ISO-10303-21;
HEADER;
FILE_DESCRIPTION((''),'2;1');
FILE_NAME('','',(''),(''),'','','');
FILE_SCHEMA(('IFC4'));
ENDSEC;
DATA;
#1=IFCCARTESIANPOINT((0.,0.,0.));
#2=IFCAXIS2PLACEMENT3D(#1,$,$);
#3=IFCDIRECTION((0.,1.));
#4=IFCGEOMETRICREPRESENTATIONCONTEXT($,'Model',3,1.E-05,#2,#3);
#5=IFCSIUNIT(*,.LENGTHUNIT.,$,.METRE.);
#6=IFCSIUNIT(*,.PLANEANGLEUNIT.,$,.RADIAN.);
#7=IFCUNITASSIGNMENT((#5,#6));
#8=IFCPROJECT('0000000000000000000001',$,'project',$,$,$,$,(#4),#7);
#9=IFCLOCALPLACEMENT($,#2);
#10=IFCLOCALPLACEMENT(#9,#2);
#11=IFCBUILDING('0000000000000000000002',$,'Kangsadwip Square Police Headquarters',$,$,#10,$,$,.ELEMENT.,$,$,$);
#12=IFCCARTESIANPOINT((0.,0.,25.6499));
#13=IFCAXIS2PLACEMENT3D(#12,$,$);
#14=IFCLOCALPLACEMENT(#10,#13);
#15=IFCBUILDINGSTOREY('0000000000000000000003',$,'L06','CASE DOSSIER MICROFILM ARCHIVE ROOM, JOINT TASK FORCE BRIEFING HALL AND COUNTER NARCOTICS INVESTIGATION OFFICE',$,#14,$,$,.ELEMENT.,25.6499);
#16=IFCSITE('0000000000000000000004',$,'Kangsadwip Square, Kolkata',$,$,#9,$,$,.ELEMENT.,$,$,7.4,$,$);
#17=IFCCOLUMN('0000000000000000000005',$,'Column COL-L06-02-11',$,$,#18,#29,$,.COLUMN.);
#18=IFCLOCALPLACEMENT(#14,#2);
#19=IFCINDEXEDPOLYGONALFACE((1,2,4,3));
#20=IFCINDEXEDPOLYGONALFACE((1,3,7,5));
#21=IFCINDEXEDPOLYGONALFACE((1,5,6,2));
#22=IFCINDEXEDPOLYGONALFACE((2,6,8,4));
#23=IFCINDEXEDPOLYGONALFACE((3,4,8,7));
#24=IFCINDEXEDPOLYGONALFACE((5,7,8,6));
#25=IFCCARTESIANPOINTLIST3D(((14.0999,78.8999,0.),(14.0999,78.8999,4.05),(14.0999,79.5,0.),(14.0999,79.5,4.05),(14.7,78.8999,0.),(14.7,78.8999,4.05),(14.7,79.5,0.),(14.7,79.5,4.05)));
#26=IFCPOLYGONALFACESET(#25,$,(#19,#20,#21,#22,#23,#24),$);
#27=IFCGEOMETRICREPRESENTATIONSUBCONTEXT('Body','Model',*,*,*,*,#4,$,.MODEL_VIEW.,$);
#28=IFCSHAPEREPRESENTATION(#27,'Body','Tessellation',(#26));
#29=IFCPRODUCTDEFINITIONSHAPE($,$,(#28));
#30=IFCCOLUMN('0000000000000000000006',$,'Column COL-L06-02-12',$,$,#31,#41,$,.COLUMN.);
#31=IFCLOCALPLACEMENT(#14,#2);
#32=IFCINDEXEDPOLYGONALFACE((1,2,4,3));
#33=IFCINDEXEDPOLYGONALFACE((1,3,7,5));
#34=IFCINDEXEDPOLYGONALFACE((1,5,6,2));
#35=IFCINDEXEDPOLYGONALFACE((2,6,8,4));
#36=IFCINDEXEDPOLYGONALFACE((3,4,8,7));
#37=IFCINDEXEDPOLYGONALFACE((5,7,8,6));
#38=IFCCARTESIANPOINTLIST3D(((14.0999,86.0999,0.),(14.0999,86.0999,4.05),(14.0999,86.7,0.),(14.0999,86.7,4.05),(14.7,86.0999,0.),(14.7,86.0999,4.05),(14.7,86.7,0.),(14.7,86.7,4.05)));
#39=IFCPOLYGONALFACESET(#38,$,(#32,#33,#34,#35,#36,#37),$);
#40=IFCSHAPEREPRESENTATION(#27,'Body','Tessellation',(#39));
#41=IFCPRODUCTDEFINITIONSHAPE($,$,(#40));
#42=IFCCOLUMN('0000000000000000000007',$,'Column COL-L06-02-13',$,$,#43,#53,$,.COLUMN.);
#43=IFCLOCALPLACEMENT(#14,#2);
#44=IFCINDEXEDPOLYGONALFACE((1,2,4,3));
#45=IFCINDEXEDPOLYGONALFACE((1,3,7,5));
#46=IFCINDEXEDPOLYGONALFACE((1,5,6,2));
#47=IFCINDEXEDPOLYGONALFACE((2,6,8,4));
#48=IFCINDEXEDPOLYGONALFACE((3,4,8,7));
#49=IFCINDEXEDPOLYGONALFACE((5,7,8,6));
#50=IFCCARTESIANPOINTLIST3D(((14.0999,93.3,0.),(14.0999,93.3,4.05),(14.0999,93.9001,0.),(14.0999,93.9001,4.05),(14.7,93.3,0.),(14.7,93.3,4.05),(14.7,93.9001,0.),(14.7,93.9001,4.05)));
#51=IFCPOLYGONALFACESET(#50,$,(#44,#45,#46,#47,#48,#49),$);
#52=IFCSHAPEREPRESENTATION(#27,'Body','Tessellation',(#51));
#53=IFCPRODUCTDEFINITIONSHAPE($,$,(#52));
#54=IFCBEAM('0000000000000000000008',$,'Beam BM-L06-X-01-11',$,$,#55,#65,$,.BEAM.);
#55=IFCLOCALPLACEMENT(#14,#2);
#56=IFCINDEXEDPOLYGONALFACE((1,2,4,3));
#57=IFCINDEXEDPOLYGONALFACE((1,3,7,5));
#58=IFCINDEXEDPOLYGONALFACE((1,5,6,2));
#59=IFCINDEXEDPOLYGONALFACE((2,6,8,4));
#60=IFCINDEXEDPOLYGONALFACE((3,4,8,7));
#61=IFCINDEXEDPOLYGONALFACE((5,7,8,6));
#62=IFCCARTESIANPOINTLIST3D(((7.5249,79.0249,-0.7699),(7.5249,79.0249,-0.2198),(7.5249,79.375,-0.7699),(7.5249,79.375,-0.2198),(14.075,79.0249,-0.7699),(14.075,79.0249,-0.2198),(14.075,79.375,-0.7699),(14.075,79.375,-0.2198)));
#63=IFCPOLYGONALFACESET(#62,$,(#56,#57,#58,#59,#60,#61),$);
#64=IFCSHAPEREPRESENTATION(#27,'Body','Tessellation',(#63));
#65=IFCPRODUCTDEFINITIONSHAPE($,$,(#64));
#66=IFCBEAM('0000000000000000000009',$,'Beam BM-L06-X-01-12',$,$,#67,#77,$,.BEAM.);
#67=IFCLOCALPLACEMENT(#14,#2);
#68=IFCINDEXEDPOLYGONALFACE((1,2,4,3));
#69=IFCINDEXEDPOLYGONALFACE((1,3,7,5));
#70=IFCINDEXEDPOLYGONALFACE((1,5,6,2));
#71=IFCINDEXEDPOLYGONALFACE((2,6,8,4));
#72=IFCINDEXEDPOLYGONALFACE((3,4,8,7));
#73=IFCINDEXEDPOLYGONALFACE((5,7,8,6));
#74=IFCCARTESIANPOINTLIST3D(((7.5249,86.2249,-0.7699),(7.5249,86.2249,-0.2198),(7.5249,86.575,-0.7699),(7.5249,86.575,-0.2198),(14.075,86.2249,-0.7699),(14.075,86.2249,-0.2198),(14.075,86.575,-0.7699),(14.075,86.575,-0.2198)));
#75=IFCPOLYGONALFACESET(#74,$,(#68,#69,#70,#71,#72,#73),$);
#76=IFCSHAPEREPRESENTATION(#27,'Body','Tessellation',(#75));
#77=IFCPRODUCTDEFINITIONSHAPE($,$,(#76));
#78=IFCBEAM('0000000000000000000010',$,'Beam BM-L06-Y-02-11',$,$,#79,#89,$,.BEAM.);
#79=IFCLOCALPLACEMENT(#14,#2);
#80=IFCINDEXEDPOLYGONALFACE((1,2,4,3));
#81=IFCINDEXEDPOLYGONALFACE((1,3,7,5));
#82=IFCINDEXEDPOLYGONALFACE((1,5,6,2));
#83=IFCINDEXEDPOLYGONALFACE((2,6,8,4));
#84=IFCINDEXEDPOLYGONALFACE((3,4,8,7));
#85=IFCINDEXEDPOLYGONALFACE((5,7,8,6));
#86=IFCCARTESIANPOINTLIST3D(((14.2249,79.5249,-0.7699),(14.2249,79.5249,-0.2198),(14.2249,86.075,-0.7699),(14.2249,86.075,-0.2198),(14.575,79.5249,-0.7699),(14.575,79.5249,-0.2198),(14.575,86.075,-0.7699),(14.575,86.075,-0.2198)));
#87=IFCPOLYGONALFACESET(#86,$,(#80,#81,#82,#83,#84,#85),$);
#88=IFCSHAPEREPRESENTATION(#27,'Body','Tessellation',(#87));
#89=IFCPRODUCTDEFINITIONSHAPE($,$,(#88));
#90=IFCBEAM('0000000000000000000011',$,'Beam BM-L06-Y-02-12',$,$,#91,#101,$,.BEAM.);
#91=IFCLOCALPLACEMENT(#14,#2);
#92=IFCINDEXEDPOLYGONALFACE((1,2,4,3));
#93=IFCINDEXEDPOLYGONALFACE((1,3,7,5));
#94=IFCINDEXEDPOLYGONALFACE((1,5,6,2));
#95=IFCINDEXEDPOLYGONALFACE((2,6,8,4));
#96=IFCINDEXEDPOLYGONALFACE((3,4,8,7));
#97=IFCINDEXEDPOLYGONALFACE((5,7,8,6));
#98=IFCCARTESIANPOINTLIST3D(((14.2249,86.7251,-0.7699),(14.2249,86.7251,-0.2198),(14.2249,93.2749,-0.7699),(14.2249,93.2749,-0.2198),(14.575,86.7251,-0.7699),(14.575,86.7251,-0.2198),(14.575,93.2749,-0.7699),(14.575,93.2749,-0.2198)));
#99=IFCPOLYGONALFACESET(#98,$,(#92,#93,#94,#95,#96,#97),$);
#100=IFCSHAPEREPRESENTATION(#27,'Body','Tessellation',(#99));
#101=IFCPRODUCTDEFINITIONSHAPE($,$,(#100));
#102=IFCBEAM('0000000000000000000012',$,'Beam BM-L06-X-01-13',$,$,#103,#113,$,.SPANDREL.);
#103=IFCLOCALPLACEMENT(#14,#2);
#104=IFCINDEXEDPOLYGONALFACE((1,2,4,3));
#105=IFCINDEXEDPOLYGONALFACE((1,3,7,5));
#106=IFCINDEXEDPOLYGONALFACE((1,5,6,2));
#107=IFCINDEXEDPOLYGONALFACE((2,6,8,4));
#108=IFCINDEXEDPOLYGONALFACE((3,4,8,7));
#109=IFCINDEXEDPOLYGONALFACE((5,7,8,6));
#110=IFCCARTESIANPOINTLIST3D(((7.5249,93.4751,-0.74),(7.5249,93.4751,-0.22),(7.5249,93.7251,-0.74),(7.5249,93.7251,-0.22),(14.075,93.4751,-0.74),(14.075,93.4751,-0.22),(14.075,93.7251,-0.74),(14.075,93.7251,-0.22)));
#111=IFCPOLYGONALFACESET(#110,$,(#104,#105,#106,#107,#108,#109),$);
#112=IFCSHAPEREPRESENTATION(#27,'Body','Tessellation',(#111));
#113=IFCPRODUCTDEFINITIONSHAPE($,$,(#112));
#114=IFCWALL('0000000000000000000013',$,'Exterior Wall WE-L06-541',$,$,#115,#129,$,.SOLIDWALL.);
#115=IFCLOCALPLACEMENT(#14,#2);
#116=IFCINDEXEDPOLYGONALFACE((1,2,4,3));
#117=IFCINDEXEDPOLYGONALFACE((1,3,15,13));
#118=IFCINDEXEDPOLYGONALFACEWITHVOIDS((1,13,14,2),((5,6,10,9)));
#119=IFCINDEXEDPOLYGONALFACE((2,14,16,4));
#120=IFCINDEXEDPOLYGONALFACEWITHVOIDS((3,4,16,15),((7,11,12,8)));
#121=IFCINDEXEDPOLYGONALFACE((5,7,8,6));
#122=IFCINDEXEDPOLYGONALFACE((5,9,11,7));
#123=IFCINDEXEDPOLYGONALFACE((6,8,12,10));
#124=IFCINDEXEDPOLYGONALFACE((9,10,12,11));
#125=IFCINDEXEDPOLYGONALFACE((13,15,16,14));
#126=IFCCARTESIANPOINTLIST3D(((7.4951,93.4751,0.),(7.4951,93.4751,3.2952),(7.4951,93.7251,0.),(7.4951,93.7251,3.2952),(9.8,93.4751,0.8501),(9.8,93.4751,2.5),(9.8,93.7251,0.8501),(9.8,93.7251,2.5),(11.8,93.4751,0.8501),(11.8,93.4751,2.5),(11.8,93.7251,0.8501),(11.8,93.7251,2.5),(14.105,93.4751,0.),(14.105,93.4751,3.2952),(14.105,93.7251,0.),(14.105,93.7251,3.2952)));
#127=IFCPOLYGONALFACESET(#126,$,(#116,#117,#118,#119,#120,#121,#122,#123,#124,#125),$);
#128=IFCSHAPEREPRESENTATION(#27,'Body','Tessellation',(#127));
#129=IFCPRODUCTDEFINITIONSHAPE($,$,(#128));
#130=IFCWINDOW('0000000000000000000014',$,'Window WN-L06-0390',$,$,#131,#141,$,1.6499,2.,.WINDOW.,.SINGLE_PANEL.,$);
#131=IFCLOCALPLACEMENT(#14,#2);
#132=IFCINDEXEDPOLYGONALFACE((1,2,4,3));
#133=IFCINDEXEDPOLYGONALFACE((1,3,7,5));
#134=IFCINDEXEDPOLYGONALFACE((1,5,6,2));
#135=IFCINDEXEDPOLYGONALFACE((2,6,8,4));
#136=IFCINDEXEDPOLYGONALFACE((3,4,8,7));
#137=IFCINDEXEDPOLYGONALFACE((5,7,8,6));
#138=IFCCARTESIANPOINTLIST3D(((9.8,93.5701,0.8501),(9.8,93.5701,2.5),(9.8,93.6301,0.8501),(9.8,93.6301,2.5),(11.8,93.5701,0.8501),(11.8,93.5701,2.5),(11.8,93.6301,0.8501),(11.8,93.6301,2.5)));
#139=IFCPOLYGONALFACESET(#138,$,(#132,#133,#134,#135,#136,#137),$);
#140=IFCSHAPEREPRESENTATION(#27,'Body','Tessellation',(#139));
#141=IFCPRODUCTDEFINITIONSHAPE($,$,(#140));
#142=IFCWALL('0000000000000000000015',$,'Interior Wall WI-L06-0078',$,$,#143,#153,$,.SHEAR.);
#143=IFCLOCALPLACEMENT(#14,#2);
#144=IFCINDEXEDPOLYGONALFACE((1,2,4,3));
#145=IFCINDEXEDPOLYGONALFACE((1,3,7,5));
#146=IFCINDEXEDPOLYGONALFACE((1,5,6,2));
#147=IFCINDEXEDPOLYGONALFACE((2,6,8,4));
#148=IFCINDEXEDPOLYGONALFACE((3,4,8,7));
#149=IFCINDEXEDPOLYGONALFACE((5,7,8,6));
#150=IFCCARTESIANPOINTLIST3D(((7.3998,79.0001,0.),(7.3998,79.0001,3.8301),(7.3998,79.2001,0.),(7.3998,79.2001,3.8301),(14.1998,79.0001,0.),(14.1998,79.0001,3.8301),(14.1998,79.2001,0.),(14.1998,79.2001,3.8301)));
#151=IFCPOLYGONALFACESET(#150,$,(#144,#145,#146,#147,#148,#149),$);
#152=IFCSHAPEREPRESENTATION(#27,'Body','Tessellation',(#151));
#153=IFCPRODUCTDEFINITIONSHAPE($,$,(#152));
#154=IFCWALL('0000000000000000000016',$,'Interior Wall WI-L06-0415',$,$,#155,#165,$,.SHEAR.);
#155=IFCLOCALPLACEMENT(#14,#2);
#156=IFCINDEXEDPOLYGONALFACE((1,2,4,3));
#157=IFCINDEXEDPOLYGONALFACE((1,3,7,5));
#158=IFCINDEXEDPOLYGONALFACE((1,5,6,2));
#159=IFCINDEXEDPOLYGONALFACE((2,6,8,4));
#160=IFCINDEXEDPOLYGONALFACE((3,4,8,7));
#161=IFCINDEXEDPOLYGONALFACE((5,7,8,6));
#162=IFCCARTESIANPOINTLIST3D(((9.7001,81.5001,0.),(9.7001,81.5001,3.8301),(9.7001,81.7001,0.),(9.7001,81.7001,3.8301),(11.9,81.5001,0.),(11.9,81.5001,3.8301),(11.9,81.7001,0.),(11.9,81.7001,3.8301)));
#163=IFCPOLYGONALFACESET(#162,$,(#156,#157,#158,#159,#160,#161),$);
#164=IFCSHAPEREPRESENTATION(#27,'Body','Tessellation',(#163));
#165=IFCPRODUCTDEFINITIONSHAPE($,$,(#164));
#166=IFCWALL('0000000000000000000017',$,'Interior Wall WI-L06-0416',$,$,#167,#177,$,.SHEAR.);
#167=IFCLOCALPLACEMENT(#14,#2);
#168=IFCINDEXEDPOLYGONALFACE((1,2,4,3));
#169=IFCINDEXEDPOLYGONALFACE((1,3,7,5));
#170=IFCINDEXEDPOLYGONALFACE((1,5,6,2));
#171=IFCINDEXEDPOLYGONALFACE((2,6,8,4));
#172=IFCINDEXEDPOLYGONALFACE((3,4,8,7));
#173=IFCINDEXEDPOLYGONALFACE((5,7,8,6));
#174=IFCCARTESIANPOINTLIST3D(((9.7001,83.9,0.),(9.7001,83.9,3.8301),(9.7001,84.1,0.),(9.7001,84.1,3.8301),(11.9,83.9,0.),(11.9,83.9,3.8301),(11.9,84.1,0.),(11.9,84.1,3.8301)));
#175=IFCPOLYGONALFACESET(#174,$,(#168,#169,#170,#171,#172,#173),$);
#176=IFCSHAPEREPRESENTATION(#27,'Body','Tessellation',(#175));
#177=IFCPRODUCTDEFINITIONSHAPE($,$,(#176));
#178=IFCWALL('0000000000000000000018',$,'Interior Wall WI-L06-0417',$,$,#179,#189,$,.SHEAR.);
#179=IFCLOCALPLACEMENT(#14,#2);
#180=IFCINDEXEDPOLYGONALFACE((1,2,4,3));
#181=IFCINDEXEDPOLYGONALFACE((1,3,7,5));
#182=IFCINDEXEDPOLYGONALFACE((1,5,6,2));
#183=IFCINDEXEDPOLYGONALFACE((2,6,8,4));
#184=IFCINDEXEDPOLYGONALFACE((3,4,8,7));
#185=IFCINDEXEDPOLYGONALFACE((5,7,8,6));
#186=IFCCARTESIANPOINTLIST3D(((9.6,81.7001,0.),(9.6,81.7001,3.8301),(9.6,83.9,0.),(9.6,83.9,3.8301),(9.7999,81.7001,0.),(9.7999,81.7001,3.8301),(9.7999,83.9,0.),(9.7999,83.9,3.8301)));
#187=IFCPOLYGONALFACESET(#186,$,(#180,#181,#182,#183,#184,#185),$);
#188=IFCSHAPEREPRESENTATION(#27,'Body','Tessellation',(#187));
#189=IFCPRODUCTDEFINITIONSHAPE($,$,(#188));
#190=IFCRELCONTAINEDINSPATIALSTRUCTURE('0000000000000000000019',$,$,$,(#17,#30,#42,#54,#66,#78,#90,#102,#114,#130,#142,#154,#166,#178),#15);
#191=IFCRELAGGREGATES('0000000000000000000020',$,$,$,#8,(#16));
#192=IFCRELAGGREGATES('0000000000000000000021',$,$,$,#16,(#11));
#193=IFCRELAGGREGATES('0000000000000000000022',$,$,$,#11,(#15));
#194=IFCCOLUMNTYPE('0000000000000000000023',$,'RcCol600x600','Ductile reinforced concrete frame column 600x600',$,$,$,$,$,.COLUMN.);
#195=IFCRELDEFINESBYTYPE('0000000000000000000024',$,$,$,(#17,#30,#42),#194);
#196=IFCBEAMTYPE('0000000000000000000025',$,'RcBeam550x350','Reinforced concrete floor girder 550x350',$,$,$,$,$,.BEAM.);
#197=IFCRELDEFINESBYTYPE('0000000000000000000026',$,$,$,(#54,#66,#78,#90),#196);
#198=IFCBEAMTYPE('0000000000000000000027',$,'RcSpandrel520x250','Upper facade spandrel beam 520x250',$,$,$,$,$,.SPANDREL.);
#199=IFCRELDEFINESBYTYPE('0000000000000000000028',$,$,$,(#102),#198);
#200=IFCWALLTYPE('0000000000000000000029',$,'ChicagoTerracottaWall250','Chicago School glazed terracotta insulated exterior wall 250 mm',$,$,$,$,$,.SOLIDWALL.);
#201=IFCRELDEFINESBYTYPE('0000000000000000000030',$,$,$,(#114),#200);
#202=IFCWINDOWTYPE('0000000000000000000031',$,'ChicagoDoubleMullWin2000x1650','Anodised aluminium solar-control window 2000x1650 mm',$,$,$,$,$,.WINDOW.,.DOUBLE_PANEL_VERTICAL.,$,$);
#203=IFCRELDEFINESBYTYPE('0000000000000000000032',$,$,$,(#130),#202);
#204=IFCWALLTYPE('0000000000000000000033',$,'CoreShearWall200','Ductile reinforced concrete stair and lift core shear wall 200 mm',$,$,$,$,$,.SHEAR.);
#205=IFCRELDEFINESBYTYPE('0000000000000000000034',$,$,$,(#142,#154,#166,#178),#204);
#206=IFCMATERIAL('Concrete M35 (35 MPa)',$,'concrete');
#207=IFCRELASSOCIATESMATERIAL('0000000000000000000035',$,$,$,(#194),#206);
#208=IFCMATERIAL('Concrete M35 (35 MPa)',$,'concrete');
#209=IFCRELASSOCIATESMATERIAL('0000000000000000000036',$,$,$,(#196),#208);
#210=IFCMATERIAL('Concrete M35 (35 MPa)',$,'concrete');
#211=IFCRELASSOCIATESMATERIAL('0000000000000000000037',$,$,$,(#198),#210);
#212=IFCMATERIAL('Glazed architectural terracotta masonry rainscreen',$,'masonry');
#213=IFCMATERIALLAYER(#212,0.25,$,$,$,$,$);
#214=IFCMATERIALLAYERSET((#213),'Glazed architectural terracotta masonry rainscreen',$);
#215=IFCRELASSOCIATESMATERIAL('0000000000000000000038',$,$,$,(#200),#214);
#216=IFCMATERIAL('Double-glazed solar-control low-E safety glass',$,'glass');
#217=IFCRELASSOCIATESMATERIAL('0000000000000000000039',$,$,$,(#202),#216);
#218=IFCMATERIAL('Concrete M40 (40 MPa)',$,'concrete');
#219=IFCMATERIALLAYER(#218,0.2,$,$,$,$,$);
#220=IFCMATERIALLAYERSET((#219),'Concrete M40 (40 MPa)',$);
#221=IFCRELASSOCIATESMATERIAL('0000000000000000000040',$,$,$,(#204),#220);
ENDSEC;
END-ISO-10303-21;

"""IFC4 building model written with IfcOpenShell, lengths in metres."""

from ifc_helpers import new_model, si_unit, direction, frame, frame_2d, origin, origin_2d, place, context, subcontext, project, spatial, rectangle, extrude, material, layer, layer_set, material_profile, profile_set, type_object, element, fill, save


model = new_model("IFC4")

# Units and contexts
model_context = context("Model", 3, precision=1e-05, world=origin(), true_north=direction((0.0, 1.0)))
body_context = subcontext(model_context, "Body", "Model", "MODEL_VIEW")
ifc_project = project(units=[si_unit("LENGTHUNIT", "METRE"), si_unit("PLANEANGLEUNIT", "RADIAN")], contexts=[model_context])

# Site, building, storey
site_placement = place(None, origin())
site = spatial("IfcSite", under=ifc_project, at=site_placement, Name="Kangsadwip Square, Kolkata", CompositionType="ELEMENT", RefElevation=7.4)
building_placement = place(site_placement, origin())
building = spatial("IfcBuilding", under=site, at=building_placement, Name="Kangsadwip Square Police Headquarters", CompositionType="ELEMENT")
storey_placement = place(building_placement, frame((0.0, 0.0, 25.6499)))
storey = spatial("IfcBuildingStorey", under=building, at=storey_placement, Name="L06", Description="CASE DOSSIER MICROFILM ARCHIVE ROOM, JOINT TASK FORCE BRIEFING HALL AND COUNTER NARCOTICS INVESTIGATION OFFICE", CompositionType="ELEMENT", Elevation=25.6499)

# Columns
ifc_material_1 = material(Name="Concrete M35 (35 MPa)", Category="concrete")
ifc_material_profile_1 = material_profile(ifc_material_1, rectangle(XDim=0.6001, YDim=0.6001, at=origin_2d()), Name="RC COL 600X600")
ifc_profile_set_1 = profile_set([ifc_material_profile_1], Name="Concrete M35 (35 MPa)")
column_type = type_object("IfcColumnType", Name="RcCol600x600", Description="Ductile reinforced concrete frame column 600x600", PredefinedType="COLUMN", material=ifc_profile_set_1)
for number, where, z_axis, x_axis, name in (
    (1, (14.3999, 79.2, 0.0), (0.0, 0.0, 1.0), (1.0, 0.0, 0.0), "Column COL-L06-02-11"),
    (2, (14.3999, 86.3999, 0.0), (0.0, 0.0, 1.0), (1.0, 0.0, 0.0), "Column COL-L06-02-12"),
    (3, (14.3999, 93.6001, 0.0), (0.0, 0.0, 1.0), (1.0, 0.0, 0.0), "Column COL-L06-02-13"),
):
    element("IfcColumn", number, at=place(storey_placement, frame(where, z_axis=z_axis, x_axis=x_axis)), inside=storey, type_object=column_type, Name=name, PredefinedType="COLUMN", context=body_context, shape_type="SweptSolid", body=[
        extrude(rectangle(XDim=0.6001, YDim=0.6001, at=origin_2d()), origin(), (0.0, 0.0, 1.0), 4.05),
    ])

# Beams
ifc_material_2 = material(Name="Concrete M35 (35 MPa)", Category="concrete")
ifc_material_profile_2 = material_profile(ifc_material_2, rectangle(XDim=0.3501, YDim=0.55, at=origin_2d()), Name="RC BM 550X350")
ifc_profile_set_2 = profile_set([ifc_material_profile_2], Name="Concrete M35 (35 MPa)")
beam_type_1 = type_object("IfcBeamType", Name="RcBeam550x350", Description="Reinforced concrete floor girder 550x350", PredefinedType="BEAM", material=ifc_profile_set_2)
for number, where, z_axis, x_axis, name in (
    (4, (7.5249, 79.2, -0.4949), (1.0, 0.0, 0.0), (0.0, 1.0, 0.0), "Beam BM-L06-X-01-11"),
    (5, (7.5249, 86.3999, -0.4949), (1.0, 0.0, 0.0), (0.0, 1.0, 0.0), "Beam BM-L06-X-01-12"),
    (6, (14.3999, 79.5249, -0.4949), (0.0, 1.0, 0.0), (-1.0, 0.0, 0.0), "Beam BM-L06-Y-02-11"),
):
    element("IfcBeam", number, at=place(storey_placement, frame(where, z_axis=z_axis, x_axis=x_axis)), inside=storey, type_object=beam_type_1, Name=name, PredefinedType="BEAM", context=body_context, shape_type="SweptSolid", body=[
        extrude(rectangle(XDim=0.3501, YDim=0.55, at=origin_2d()), origin(), (0.0, 0.0, 1.0), 6.55),
    ])
beam_1_placement = place(storey_placement, frame((14.3999, 86.7251, -0.4949), z_axis=(0.0, 1.0, 0.0), x_axis=(-1.0, 0.0, 0.0)))
element("IfcBeam", 7, at=beam_1_placement, inside=storey, type_object=beam_type_1, Name="Beam BM-L06-Y-02-12", PredefinedType="BEAM", context=body_context, shape_type="SweptSolid", body=[
    extrude(rectangle(XDim=0.3501, YDim=0.55, at=origin_2d()), origin(), (0.0, 0.0, 1.0), 6.5498),
])
ifc_material_3 = material(Name="Concrete M35 (35 MPa)", Category="concrete")
ifc_material_profile_3 = material_profile(ifc_material_3, rectangle(XDim=0.25, YDim=0.52, at=origin_2d()), Name="RC SPN 520X250")
ifc_profile_set_3 = profile_set([ifc_material_profile_3], Name="Concrete M35 (35 MPa)")
beam_type_2 = type_object("IfcBeamType", Name="RcSpandrel520x250", Description="Upper facade spandrel beam 520x250", PredefinedType="SPANDREL", material=ifc_profile_set_3)
beam_2_placement = place(storey_placement, frame((7.5249, 93.6001, -0.48), z_axis=(1.0, 0.0, 0.0), x_axis=(0.0, 1.0, 0.0)))
element("IfcBeam", 8, at=beam_2_placement, inside=storey, type_object=beam_type_2, Name="Beam BM-L06-X-01-13", PredefinedType="SPANDREL", context=body_context, shape_type="SweptSolid", body=[
    extrude(rectangle(XDim=0.25, YDim=0.52, at=origin_2d()), origin(), (0.0, 0.0, 1.0), 6.55),
])

# Wall, opening, window
ifc_material_4 = material(Name="Glazed architectural terracotta masonry rainscreen", Category="masonry")
ifc_layer_1 = layer(ifc_material_4, 0.25)
ifc_layer_set_1 = layer_set([ifc_layer_1], Name="Glazed architectural terracotta masonry rainscreen")
wall_type_1 = type_object("IfcWallType", Name="ChicagoTerracottaWall250", Description="Chicago School glazed terracotta insulated exterior wall 250 mm", PredefinedType="SOLIDWALL", material=ifc_layer_set_1)
wall_1_placement = place(storey_placement, frame((7.4951, 93.6001, 0.0), z_axis=(0.0, 0.0, 1.0), x_axis=(1.0, 0.0, 0.0)))
wall_1 = element("IfcWall", 9, at=wall_1_placement, inside=storey, type_object=wall_type_1, Name="Exterior Wall WE-L06-541", PredefinedType="SOLIDWALL", context=body_context, shape_type="SweptSolid", body=[
    extrude(rectangle(XDim=6.6099, YDim=0.25, at=frame_2d((3.3049, 0.0))), origin(), (0.0, 0.0, 1.0), 3.2952),
])
opening_1_placement = place(wall_1_placement, frame((2.3049, 0.0, 0.8501)))
opening_1 = element("IfcOpeningElement", 10, at=opening_1_placement, cuts=wall_1, PredefinedType="OPENING", context=body_context, shape_type="SweptSolid", body=[
    extrude(rectangle(XDim=2.0, YDim=1.6499, at=frame_2d((1.0, 0.825))), frame((0.0, 0.135, 0.0), z_axis=(0.0, -1.0, 0.0), x_axis=(1.0, 0.0, 0.0)), (0.0, 0.0, 1.0), 0.27),
])
ifc_material_5 = material(Name="Double-glazed solar-control low-E safety glass", Category="glass")
window_type = type_object("IfcWindowType", Name="ChicagoDoubleMullWin2000x1650", Description="Anodised aluminium solar-control window 2000x1650 mm", PartitioningType="DOUBLE_PANEL_VERTICAL", PredefinedType="WINDOW", material=ifc_material_5)
window_placement = place(opening_1_placement, origin())
window = element("IfcWindow", 11, at=window_placement, inside=storey, type_object=window_type, Name="Window WN-L06-0390", OverallHeight=1.6499, OverallWidth=2.0, PartitioningType="SINGLE_PANEL", PredefinedType="WINDOW", context=body_context, shape_type="SweptSolid", body=[
    extrude(rectangle(XDim=2.0, YDim=1.6499, at=frame_2d((1.0, 0.825))), frame((0.0, 0.03, 0.0), z_axis=(0.0, -1.0, 0.0), x_axis=(1.0, 0.0, 0.0)), (0.0, 0.0, 1.0), 0.0601),
])
fill(opening_1, window)

# Walls
ifc_material_6 = material(Name="Concrete M40 (40 MPa)", Category="concrete")
ifc_layer_2 = layer(ifc_material_6, 0.2)
ifc_layer_set_2 = layer_set([ifc_layer_2], Name="Concrete M40 (40 MPa)")
wall_type_2 = type_object("IfcWallType", Name="CoreShearWall200", Description="Ductile reinforced concrete stair and lift core shear wall 200 mm", PredefinedType="SHEAR", material=ifc_layer_set_2)
wall_2_placement = place(storey_placement, frame((7.3999, 79.1001, 0.0), z_axis=(0.0, 0.0, 1.0), x_axis=(1.0, 0.0, 0.0)))
element("IfcWall", 12, at=wall_2_placement, inside=storey, type_object=wall_type_2, Name="Interior Wall WI-L06-0078", PredefinedType="SHEAR", context=body_context, shape_type="SweptSolid", body=[
    extrude(rectangle(XDim=6.8, YDim=0.2, at=frame_2d((3.3999, 0.0))), origin(), (0.0, 0.0, 1.0), 3.8301),
])
for number, where, z_axis, x_axis, name in (
    (13, (9.7, 81.6001, 0.0), (0.0, 0.0, 1.0), (1.0, 0.0, 0.0), "Interior Wall WI-L06-0415"),
    (14, (9.7, 84.0, 0.0), (0.0, 0.0, 1.0), (1.0, 0.0, 0.0), "Interior Wall WI-L06-0416"),
    (15, (9.7, 81.7, 0.0), (0.0, 0.0, 1.0), (0.0, 1.0, 0.0), "Interior Wall WI-L06-0417"),
):
    element("IfcWall", number, at=place(storey_placement, frame(where, z_axis=z_axis, x_axis=x_axis)), inside=storey, type_object=wall_type_2, Name=name, PredefinedType="SHEAR", context=body_context, shape_type="SweptSolid", body=[
        extrude(rectangle(XDim=2.2, YDim=0.2, at=frame_2d((1.1001, 0.0))), origin(), (0.0, 0.0, 1.0), 3.8301),
    ])

save(model, "model.ifc")
